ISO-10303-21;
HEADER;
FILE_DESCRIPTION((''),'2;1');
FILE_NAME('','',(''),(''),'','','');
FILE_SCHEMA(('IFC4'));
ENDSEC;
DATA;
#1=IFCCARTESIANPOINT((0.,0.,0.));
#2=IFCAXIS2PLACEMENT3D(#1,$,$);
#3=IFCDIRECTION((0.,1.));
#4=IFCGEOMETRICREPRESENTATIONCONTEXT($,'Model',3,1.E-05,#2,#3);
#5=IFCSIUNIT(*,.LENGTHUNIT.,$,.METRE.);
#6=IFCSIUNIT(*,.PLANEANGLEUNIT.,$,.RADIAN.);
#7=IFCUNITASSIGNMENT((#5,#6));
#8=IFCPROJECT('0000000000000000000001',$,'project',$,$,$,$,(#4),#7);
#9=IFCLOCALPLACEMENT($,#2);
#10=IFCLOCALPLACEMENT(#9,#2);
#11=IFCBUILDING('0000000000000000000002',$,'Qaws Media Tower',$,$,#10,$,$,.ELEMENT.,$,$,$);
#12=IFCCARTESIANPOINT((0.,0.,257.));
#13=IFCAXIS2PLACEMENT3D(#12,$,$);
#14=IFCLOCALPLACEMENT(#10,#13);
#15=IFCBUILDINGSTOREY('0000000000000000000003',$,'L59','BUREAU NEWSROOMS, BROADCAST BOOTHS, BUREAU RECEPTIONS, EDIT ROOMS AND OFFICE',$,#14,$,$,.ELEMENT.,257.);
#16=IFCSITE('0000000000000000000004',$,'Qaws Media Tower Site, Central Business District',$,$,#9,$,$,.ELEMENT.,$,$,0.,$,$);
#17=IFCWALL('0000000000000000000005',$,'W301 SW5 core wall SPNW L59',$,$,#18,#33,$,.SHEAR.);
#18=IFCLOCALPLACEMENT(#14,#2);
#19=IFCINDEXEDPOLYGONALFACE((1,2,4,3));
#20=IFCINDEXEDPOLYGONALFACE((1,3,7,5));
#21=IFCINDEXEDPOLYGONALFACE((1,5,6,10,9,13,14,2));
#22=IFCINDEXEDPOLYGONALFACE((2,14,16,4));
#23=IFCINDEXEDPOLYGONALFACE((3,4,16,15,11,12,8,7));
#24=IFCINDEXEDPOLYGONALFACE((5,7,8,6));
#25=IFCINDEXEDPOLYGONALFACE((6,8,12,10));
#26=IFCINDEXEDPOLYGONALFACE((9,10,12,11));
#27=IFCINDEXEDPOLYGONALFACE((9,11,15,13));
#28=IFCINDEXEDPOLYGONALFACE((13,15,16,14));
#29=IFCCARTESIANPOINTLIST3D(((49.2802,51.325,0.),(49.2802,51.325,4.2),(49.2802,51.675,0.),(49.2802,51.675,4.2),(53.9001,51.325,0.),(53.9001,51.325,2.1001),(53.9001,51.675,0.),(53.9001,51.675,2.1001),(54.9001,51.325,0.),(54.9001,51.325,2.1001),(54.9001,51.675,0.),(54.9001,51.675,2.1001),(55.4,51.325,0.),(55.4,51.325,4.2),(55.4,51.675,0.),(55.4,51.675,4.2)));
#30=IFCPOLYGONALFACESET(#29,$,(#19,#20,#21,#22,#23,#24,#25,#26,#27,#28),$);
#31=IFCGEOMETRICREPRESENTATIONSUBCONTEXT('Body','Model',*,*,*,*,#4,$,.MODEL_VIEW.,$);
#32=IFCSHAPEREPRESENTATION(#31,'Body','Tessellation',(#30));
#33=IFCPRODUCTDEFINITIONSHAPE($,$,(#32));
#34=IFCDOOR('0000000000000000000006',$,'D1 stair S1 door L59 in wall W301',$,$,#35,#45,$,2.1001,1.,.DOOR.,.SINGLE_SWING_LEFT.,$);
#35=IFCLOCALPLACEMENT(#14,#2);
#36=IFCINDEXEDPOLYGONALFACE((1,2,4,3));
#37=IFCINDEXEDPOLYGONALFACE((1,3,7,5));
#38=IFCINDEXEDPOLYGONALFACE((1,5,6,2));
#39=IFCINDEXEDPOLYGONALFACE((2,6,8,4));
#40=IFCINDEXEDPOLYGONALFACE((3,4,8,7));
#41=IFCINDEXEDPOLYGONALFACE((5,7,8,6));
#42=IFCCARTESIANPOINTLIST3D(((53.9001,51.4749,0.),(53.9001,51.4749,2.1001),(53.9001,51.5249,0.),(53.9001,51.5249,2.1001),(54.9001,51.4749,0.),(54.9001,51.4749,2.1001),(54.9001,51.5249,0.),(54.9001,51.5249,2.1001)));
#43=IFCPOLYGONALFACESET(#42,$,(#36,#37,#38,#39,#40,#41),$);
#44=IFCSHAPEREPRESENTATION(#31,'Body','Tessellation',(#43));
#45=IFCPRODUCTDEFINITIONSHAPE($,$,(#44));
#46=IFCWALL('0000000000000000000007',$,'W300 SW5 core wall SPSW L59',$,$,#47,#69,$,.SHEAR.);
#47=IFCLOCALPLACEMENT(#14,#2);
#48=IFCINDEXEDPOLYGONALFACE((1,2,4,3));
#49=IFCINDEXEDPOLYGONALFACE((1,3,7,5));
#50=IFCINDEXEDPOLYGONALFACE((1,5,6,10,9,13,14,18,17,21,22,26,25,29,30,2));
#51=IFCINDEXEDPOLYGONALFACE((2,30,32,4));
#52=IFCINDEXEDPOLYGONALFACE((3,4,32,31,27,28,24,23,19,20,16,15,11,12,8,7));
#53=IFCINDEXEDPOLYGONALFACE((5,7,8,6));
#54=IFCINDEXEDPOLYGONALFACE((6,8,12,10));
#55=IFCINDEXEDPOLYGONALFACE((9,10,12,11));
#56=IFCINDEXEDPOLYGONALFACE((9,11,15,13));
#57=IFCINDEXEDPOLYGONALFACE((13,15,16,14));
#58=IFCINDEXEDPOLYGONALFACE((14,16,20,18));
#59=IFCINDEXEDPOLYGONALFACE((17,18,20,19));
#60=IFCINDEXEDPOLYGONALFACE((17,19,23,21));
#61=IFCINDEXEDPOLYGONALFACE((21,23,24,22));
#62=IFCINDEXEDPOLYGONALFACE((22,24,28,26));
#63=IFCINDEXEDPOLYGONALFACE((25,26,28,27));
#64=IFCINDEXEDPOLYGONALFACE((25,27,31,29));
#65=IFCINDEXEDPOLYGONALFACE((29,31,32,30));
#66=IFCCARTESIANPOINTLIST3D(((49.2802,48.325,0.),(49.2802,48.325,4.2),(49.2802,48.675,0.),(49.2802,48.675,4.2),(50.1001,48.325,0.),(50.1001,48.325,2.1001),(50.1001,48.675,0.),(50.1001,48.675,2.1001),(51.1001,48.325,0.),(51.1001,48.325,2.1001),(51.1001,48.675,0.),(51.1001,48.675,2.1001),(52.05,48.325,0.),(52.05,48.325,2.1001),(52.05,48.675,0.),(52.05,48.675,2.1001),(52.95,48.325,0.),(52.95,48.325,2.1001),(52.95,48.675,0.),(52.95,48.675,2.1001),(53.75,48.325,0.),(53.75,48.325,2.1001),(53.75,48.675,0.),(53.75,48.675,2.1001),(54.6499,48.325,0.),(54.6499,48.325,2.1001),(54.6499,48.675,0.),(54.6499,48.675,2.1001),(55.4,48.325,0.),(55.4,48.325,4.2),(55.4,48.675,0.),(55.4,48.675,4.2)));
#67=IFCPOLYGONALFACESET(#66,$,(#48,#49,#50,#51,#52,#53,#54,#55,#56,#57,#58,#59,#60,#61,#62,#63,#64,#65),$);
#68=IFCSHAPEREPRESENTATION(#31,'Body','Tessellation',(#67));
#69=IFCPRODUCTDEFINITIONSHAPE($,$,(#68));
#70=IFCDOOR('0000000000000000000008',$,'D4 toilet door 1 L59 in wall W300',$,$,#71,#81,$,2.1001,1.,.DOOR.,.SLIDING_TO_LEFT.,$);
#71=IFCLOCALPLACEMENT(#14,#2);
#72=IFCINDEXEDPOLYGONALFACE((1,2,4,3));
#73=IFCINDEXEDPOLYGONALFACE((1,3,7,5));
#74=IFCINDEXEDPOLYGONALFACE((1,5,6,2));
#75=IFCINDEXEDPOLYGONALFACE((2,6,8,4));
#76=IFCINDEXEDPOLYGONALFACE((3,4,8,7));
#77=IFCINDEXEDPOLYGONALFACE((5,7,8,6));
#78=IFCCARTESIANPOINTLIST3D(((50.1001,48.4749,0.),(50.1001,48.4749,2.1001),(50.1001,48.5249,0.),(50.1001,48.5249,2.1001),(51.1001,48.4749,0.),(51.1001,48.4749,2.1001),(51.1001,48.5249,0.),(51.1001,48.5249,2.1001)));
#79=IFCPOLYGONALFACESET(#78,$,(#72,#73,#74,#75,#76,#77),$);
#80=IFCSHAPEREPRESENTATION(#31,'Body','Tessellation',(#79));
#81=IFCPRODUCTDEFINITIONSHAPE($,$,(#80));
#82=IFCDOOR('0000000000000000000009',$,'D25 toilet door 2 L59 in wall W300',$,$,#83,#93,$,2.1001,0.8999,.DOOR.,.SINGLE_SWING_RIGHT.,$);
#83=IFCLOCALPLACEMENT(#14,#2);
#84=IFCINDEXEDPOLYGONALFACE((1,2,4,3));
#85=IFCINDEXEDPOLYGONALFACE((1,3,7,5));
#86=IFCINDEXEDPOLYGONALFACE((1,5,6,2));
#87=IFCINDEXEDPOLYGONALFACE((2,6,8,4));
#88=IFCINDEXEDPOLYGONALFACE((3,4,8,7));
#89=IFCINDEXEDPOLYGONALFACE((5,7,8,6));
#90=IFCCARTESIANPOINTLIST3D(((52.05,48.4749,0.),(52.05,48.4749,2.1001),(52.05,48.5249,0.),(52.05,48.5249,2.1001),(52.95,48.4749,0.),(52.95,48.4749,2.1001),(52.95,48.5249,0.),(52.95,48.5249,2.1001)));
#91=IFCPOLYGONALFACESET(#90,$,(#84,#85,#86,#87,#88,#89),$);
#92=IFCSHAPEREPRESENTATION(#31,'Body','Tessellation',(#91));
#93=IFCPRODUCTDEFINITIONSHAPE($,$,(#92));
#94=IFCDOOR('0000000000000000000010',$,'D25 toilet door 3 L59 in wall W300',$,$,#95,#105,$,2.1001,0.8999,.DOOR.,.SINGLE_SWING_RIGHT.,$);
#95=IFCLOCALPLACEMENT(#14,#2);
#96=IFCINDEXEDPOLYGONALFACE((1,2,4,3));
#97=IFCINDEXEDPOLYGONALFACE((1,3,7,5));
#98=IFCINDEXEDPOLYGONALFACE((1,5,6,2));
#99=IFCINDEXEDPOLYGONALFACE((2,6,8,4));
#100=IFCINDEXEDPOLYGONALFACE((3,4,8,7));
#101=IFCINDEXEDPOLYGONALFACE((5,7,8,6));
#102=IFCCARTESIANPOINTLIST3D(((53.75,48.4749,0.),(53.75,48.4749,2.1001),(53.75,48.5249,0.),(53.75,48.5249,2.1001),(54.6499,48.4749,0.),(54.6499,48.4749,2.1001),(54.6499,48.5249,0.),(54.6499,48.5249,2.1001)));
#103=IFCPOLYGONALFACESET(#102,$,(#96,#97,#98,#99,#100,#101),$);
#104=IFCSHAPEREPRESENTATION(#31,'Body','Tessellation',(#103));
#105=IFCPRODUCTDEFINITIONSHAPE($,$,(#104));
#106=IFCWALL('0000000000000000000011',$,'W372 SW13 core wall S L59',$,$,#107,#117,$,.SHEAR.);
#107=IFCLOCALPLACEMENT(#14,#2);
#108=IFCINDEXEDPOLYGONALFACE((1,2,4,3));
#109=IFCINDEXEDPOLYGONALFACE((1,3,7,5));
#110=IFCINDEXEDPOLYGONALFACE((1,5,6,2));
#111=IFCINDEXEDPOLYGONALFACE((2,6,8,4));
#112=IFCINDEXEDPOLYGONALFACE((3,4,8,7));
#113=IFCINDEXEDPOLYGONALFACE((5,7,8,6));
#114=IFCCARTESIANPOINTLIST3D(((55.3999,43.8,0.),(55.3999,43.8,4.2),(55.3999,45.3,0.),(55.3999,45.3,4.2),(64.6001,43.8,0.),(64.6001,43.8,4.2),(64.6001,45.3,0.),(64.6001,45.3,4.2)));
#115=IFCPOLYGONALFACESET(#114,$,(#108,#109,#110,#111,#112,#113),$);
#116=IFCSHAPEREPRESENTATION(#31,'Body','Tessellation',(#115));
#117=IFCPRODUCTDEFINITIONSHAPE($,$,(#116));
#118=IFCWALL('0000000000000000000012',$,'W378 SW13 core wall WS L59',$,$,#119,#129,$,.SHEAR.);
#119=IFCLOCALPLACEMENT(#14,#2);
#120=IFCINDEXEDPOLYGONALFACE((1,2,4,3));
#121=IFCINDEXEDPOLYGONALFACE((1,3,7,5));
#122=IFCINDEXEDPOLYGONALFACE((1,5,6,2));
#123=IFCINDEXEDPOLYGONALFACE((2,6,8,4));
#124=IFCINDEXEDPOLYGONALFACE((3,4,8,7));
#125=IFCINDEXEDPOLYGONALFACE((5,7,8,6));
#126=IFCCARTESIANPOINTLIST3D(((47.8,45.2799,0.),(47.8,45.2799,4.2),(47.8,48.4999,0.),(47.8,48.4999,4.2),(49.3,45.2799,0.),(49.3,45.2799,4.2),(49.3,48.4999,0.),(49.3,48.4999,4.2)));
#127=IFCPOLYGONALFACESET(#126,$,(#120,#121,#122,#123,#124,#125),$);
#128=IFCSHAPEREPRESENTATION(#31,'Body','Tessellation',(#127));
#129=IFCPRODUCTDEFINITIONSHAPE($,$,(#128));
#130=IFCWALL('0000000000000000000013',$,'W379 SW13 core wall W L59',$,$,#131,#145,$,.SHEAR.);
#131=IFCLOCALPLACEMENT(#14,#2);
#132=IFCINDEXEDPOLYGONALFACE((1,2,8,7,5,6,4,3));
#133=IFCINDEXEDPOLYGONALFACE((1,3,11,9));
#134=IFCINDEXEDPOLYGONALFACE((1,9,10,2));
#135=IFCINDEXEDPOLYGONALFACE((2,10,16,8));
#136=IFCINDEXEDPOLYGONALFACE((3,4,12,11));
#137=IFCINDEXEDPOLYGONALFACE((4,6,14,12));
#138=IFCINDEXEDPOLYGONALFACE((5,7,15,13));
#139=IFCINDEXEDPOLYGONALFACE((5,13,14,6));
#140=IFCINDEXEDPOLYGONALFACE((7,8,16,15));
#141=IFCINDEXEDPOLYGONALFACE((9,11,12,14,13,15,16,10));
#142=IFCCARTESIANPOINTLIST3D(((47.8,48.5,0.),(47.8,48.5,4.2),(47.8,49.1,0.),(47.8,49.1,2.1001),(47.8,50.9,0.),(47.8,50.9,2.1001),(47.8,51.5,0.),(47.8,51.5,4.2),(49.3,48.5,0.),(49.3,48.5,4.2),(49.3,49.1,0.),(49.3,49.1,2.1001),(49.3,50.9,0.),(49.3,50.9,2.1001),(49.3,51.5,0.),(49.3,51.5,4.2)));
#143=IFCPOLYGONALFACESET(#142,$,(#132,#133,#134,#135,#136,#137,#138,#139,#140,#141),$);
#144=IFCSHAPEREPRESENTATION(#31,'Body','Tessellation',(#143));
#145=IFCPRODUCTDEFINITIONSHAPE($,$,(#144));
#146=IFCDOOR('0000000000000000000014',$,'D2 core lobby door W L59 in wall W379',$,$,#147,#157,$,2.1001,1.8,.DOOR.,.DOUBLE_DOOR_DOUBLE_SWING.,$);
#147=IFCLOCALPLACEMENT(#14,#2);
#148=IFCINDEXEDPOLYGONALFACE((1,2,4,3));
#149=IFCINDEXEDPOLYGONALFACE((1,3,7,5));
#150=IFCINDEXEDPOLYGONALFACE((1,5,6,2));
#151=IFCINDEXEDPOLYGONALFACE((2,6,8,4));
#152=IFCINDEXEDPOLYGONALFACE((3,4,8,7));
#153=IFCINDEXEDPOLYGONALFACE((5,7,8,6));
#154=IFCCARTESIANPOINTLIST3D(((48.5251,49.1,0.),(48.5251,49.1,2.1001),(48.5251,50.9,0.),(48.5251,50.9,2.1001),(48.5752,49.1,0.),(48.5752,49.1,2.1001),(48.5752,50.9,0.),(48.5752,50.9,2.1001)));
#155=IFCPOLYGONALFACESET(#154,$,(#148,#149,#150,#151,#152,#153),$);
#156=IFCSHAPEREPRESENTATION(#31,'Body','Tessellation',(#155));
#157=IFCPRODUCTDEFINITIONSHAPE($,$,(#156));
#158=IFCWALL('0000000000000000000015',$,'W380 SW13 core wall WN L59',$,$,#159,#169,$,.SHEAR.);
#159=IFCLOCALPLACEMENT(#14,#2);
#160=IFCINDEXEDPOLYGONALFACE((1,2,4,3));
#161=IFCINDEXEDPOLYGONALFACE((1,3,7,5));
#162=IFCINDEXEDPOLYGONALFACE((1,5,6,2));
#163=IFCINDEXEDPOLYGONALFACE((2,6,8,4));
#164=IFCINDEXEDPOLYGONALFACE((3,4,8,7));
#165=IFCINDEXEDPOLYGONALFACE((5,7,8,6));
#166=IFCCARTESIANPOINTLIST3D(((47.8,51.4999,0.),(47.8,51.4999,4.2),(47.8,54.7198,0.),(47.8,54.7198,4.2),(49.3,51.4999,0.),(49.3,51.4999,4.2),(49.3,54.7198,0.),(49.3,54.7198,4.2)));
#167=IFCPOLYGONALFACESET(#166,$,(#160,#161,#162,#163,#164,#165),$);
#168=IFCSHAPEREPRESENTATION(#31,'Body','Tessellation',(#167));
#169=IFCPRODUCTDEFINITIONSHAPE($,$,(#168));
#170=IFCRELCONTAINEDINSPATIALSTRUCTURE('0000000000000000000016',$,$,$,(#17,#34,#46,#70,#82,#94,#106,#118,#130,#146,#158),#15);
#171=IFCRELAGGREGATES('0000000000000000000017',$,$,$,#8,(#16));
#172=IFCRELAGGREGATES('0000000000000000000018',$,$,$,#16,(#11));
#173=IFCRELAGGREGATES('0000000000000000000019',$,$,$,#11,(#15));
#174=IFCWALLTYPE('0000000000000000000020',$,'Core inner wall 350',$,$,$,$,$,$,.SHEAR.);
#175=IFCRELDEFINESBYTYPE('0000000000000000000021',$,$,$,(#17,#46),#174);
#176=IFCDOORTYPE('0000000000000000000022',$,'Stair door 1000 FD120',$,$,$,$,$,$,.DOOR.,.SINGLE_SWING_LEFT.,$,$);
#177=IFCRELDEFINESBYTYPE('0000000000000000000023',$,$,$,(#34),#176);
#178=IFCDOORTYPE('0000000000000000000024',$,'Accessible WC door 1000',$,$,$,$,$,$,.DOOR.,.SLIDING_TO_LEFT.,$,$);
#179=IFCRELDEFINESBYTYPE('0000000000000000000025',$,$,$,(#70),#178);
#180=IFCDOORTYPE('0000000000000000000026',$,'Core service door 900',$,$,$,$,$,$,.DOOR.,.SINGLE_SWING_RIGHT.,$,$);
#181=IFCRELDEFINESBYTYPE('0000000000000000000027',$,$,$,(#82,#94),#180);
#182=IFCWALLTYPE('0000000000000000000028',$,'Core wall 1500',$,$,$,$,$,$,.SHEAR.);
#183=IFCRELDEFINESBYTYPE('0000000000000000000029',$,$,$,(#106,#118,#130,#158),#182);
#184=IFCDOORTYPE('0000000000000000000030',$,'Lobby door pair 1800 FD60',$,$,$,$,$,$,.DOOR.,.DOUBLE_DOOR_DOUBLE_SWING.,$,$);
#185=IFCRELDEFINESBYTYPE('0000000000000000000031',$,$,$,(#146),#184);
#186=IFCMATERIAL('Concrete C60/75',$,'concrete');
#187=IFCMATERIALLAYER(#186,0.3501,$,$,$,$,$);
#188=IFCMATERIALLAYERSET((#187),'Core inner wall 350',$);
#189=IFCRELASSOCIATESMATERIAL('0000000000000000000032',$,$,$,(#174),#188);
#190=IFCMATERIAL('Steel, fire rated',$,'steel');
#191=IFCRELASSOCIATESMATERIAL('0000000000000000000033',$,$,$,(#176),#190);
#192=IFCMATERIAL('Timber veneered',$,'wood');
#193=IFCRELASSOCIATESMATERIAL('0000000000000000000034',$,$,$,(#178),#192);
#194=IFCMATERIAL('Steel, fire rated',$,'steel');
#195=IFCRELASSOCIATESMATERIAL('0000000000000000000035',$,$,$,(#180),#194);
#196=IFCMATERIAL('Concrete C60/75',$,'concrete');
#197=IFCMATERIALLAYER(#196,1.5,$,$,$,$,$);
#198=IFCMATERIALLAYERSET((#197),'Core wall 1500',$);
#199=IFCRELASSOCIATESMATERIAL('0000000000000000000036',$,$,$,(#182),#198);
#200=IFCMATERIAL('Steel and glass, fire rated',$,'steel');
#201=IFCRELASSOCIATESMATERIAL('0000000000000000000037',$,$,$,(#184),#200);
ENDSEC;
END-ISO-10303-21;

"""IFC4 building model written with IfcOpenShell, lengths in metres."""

from ifc_helpers import new_model, si_unit, direction, frame, frame_2d, origin, place, context, subcontext, project, spatial, rectangle, extrude, material, layer, layer_set, type_object, element, fill, save


model = new_model("IFC4")

# Units and contexts
model_context = context("Model", 3, precision=1e-05, world=origin(), true_north=direction((0.0, 1.0)))
body_context = subcontext(model_context, "Body", "Model", "MODEL_VIEW")
ifc_project = project(units=[si_unit("LENGTHUNIT", "METRE"), si_unit("PLANEANGLEUNIT", "RADIAN")], contexts=[model_context])

# Site, building, storey
site_placement = place(None, origin())
site = spatial("IfcSite", under=ifc_project, at=site_placement, Name="Qaws Media Tower Site, Central Business District", CompositionType="ELEMENT", RefElevation=0.0)
building_placement = place(site_placement, origin())
building = spatial("IfcBuilding", under=site, at=building_placement, Name="Qaws Media Tower", CompositionType="ELEMENT")
storey_placement = place(building_placement, frame((0.0, 0.0, 257.0)))
storey = spatial("IfcBuildingStorey", under=building, at=storey_placement, Name="L59", Description="BUREAU NEWSROOMS, BROADCAST BOOTHS, BUREAU RECEPTIONS, EDIT ROOMS AND OFFICE", CompositionType="ELEMENT", Elevation=257.0)

# Wall, opening, door
ifc_material_1 = material(Name="Concrete C60/75", Category="concrete")
ifc_layer_1 = layer(ifc_material_1, 0.3501)
ifc_layer_set_1 = layer_set([ifc_layer_1], Name="Core inner wall 350")
wall_type_1 = type_object("IfcWallType", Name="Core inner wall 350", PredefinedType="SHEAR", material=ifc_layer_set_1)
wall_1_placement = place(storey_placement, frame((49.28, 51.5, 0.0), z_axis=(0.0, 0.0, 1.0), x_axis=(1.0, 0.0, 0.0)))
wall_1 = element("IfcWall", 1, at=wall_1_placement, inside=storey, type_object=wall_type_1, Name="W301 SW5 core wall SPNW L59", PredefinedType="SHEAR", context=body_context, shape_type="SweptSolid", body=[
    extrude(rectangle(XDim=6.1199, YDim=0.3501, at=frame_2d((3.0601, 0.0))), origin(), (0.0, 0.0, 1.0), 4.2),
])
opening_1_placement = place(wall_1_placement, frame((4.6201, 0.0, 0.0)))
opening_1 = element("IfcOpeningElement", 2, at=opening_1_placement, cuts=wall_1, PredefinedType="OPENING", context=body_context, shape_type="SweptSolid", body=[
    extrude(rectangle(XDim=1.0, YDim=2.1001, at=frame_2d((0.5, 1.05))), frame((0.0, 0.1851, 0.0), z_axis=(0.0, -1.0, 0.0), x_axis=(1.0, 0.0, 0.0)), (0.0, 0.0, 1.0), 0.3701),
])
ifc_material_2 = material(Name="Steel, fire rated", Category="steel")
door_type_1 = type_object("IfcDoorType", Name="Stair door 1000 FD120", OperationType="SINGLE_SWING_LEFT", PredefinedType="DOOR", material=ifc_material_2)
door_1_placement = place(opening_1_placement, origin())
door_1 = element("IfcDoor", 3, at=door_1_placement, inside=storey, type_object=door_type_1, Name="D1 stair S1 door L59 in wall W301", OperationType="SINGLE_SWING_LEFT", OverallHeight=2.1001, OverallWidth=1.0, PredefinedType="DOOR", context=body_context, shape_type="SweptSolid", body=[
    extrude(rectangle(XDim=1.0, YDim=2.1001, at=frame_2d((0.5, 1.05))), frame((0.0, 0.0249, 0.0), z_axis=(0.0, -1.0, 0.0), x_axis=(1.0, 0.0, 0.0)), (0.0, 0.0, 1.0), 0.05),
])
fill(opening_1, door_1)

# Wall, openings, doors
wall_2_placement = place(storey_placement, frame((49.28, 48.5, 0.0), z_axis=(0.0, 0.0, 1.0), x_axis=(1.0, 0.0, 0.0)))
wall_2 = element("IfcWall", 4, at=wall_2_placement, inside=storey, type_object=wall_type_1, Name="W300 SW5 core wall SPSW L59", PredefinedType="SHEAR", context=body_context, shape_type="SweptSolid", body=[
    extrude(rectangle(XDim=6.1199, YDim=0.3501, at=frame_2d((3.0601, 0.0))), origin(), (0.0, 0.0, 1.0), 4.2),
])
opening_2_placement = place(wall_2_placement, frame((0.8201, 0.0, 0.0)))
opening_2 = element("IfcOpeningElement", 5, at=opening_2_placement, cuts=wall_2, PredefinedType="OPENING", context=body_context, shape_type="SweptSolid", body=[
    extrude(rectangle(XDim=1.0, YDim=2.1001, at=frame_2d((0.5, 1.05))), frame((0.0, 0.1851, 0.0), z_axis=(0.0, -1.0, 0.0), x_axis=(1.0, 0.0, 0.0)), (0.0, 0.0, 1.0), 0.3701),
])
opening_3_placement = place(wall_2_placement, frame((2.77, 0.0, 0.0)))
opening_3 = element("IfcOpeningElement", 6, at=opening_3_placement, cuts=wall_2, PredefinedType="OPENING", context=body_context, shape_type="SweptSolid", body=[
    extrude(rectangle(XDim=0.8999, YDim=2.1001, at=frame_2d((0.45, 1.05))), frame((0.0, 0.1851, 0.0), z_axis=(0.0, -1.0, 0.0), x_axis=(1.0, 0.0, 0.0)), (0.0, 0.0, 1.0), 0.3701),
])
opening_4_placement = place(wall_2_placement, frame((4.47, 0.0, 0.0)))
opening_4 = element("IfcOpeningElement", 7, at=opening_4_placement, cuts=wall_2, PredefinedType="OPENING", context=body_context, shape_type="SweptSolid", body=[
    extrude(rectangle(XDim=0.8999, YDim=2.1001, at=frame_2d((0.45, 1.05))), frame((0.0, 0.1851, 0.0), z_axis=(0.0, -1.0, 0.0), x_axis=(1.0, 0.0, 0.0)), (0.0, 0.0, 1.0), 0.3701),
])
ifc_material_3 = material(Name="Timber veneered", Category="wood")
door_type_2 = type_object("IfcDoorType", Name="Accessible WC door 1000", OperationType="SLIDING_TO_LEFT", PredefinedType="DOOR", material=ifc_material_3)
door_2_placement = place(opening_2_placement, origin())
door_2 = element("IfcDoor", 8, at=door_2_placement, inside=storey, type_object=door_type_2, Name="D4 toilet door 1 L59 in wall W300", OperationType="SLIDING_TO_LEFT", OverallHeight=2.1001, OverallWidth=1.0, PredefinedType="DOOR", context=body_context, shape_type="SweptSolid", body=[
    extrude(rectangle(XDim=1.0, YDim=2.1001, at=frame_2d((0.5, 1.05))), frame((0.0, 0.0249, 0.0), z_axis=(0.0, -1.0, 0.0), x_axis=(1.0, 0.0, 0.0)), (0.0, 0.0, 1.0), 0.05),
])
fill(opening_2, door_2)
ifc_material_4 = material(Name="Steel, fire rated", Category="steel")
door_type_3 = type_object("IfcDoorType", Name="Core service door 900", OperationType="SINGLE_SWING_RIGHT", PredefinedType="DOOR", material=ifc_material_4)
door_3_placement = place(opening_3_placement, origin())
door_3 = element("IfcDoor", 9, at=door_3_placement, inside=storey, type_object=door_type_3, Name="D25 toilet door 2 L59 in wall W300", OperationType="SINGLE_SWING_RIGHT", OverallHeight=2.1001, OverallWidth=0.8999, PredefinedType="DOOR", context=body_context, shape_type="SweptSolid", body=[
    extrude(rectangle(XDim=0.8999, YDim=2.1001, at=frame_2d((0.45, 1.05))), frame((0.0, 0.0249, 0.0), z_axis=(0.0, -1.0, 0.0), x_axis=(1.0, 0.0, 0.0)), (0.0, 0.0, 1.0), 0.05),
])
fill(opening_3, door_3)
door_4_placement = place(opening_4_placement, origin())
door_4 = element("IfcDoor", 10, at=door_4_placement, inside=storey, type_object=door_type_3, Name="D25 toilet door 3 L59 in wall W300", OperationType="SINGLE_SWING_RIGHT", OverallHeight=2.1001, OverallWidth=0.8999, PredefinedType="DOOR", context=body_context, shape_type="SweptSolid", body=[
    extrude(rectangle(XDim=0.8999, YDim=2.1001, at=frame_2d((0.45, 1.05))), frame((0.0, 0.0249, 0.0), z_axis=(0.0, -1.0, 0.0), x_axis=(1.0, 0.0, 0.0)), (0.0, 0.0, 1.0), 0.05),
])
fill(opening_4, door_4)

# Walls
ifc_material_5 = material(Name="Concrete C60/75", Category="concrete")
ifc_layer_2 = layer(ifc_material_5, 1.5)
ifc_layer_set_2 = layer_set([ifc_layer_2], Name="Core wall 1500")
wall_type_2 = type_object("IfcWallType", Name="Core wall 1500", PredefinedType="SHEAR", material=ifc_layer_set_2)
wall_3_placement = place(storey_placement, frame((55.3999, 44.55, 0.0), z_axis=(0.0, 0.0, 1.0), x_axis=(1.0, 0.0, 0.0)))
element("IfcWall", 11, at=wall_3_placement, inside=storey, type_object=wall_type_2, Name="W372 SW13 core wall S L59", PredefinedType="SHEAR", context=body_context, shape_type="SweptSolid", body=[
    extrude(rectangle(XDim=9.2002, YDim=1.5, at=frame_2d((4.6001, 0.0))), origin(), (0.0, 0.0, 1.0), 4.2),
])
wall_4_placement = place(storey_placement, frame((48.55, 45.28, 0.0), z_axis=(0.0, 0.0, 1.0), x_axis=(0.0, 1.0, 0.0)))
element("IfcWall", 12, at=wall_4_placement, inside=storey, type_object=wall_type_2, Name="W378 SW13 core wall WS L59", PredefinedType="SHEAR", context=body_context, shape_type="SweptSolid", body=[
    extrude(rectangle(XDim=3.22, YDim=1.5, at=frame_2d((1.6099, 0.0))), origin(), (0.0, 0.0, 1.0), 4.2),
])

# Wall, opening, door
wall_5_placement = place(storey_placement, frame((48.55, 48.5, 0.0), z_axis=(0.0, 0.0, 1.0), x_axis=(0.0, 1.0, 0.0)))
wall_5 = element("IfcWall", 13, at=wall_5_placement, inside=storey, type_object=wall_type_2, Name="W379 SW13 core wall W L59", PredefinedType="SHEAR", context=body_context, shape_type="SweptSolid", body=[
    extrude(rectangle(XDim=3.0, YDim=1.5, at=frame_2d((1.5, 0.0))), origin(), (0.0, 0.0, 1.0), 4.2),
])
opening_5_placement = place(wall_5_placement, frame((0.6001, 0.0, 0.0)))
opening_5 = element("IfcOpeningElement", 14, at=opening_5_placement, cuts=wall_5, PredefinedType="OPENING", context=body_context, shape_type="SweptSolid", body=[
    extrude(rectangle(XDim=1.8, YDim=2.1001, at=frame_2d((0.8999, 1.05))), frame((0.0, 0.76, 0.0), z_axis=(0.0, -1.0, 0.0), x_axis=(1.0, 0.0, 0.0)), (0.0, 0.0, 1.0), 1.52),
])
ifc_material_6 = material(Name="Steel and glass, fire rated", Category="steel")
door_type_4 = type_object("IfcDoorType", Name="Lobby door pair 1800 FD60", OperationType="DOUBLE_DOOR_DOUBLE_SWING", PredefinedType="DOOR", material=ifc_material_6)
door_5_placement = place(opening_5_placement, origin())
door_5 = element("IfcDoor", 15, at=door_5_placement, inside=storey, type_object=door_type_4, Name="D2 core lobby door W L59 in wall W379", OperationType="DOUBLE_DOOR_DOUBLE_SWING", OverallHeight=2.1001, OverallWidth=1.8, PredefinedType="DOOR", context=body_context, shape_type="SweptSolid", body=[
    extrude(rectangle(XDim=1.8, YDim=2.1001, at=frame_2d((0.8999, 1.05))), frame((0.0, 0.0249, 0.0), z_axis=(0.0, -1.0, 0.0), x_axis=(1.0, 0.0, 0.0)), (0.0, 0.0, 1.0), 0.05),
])
fill(opening_5, door_5)

# Wall
wall_6_placement = place(storey_placement, frame((48.55, 51.5, 0.0), z_axis=(0.0, 0.0, 1.0), x_axis=(0.0, 1.0, 0.0)))
element("IfcWall", 16, at=wall_6_placement, inside=storey, type_object=wall_type_2, Name="W380 SW13 core wall WN L59", PredefinedType="SHEAR", context=body_context, shape_type="SweptSolid", body=[
    extrude(rectangle(XDim=3.22, YDim=1.5, at=frame_2d((1.6099, 0.0))), origin(), (0.0, 0.0, 1.0), 4.2),
])

save(model, "model.ifc")
